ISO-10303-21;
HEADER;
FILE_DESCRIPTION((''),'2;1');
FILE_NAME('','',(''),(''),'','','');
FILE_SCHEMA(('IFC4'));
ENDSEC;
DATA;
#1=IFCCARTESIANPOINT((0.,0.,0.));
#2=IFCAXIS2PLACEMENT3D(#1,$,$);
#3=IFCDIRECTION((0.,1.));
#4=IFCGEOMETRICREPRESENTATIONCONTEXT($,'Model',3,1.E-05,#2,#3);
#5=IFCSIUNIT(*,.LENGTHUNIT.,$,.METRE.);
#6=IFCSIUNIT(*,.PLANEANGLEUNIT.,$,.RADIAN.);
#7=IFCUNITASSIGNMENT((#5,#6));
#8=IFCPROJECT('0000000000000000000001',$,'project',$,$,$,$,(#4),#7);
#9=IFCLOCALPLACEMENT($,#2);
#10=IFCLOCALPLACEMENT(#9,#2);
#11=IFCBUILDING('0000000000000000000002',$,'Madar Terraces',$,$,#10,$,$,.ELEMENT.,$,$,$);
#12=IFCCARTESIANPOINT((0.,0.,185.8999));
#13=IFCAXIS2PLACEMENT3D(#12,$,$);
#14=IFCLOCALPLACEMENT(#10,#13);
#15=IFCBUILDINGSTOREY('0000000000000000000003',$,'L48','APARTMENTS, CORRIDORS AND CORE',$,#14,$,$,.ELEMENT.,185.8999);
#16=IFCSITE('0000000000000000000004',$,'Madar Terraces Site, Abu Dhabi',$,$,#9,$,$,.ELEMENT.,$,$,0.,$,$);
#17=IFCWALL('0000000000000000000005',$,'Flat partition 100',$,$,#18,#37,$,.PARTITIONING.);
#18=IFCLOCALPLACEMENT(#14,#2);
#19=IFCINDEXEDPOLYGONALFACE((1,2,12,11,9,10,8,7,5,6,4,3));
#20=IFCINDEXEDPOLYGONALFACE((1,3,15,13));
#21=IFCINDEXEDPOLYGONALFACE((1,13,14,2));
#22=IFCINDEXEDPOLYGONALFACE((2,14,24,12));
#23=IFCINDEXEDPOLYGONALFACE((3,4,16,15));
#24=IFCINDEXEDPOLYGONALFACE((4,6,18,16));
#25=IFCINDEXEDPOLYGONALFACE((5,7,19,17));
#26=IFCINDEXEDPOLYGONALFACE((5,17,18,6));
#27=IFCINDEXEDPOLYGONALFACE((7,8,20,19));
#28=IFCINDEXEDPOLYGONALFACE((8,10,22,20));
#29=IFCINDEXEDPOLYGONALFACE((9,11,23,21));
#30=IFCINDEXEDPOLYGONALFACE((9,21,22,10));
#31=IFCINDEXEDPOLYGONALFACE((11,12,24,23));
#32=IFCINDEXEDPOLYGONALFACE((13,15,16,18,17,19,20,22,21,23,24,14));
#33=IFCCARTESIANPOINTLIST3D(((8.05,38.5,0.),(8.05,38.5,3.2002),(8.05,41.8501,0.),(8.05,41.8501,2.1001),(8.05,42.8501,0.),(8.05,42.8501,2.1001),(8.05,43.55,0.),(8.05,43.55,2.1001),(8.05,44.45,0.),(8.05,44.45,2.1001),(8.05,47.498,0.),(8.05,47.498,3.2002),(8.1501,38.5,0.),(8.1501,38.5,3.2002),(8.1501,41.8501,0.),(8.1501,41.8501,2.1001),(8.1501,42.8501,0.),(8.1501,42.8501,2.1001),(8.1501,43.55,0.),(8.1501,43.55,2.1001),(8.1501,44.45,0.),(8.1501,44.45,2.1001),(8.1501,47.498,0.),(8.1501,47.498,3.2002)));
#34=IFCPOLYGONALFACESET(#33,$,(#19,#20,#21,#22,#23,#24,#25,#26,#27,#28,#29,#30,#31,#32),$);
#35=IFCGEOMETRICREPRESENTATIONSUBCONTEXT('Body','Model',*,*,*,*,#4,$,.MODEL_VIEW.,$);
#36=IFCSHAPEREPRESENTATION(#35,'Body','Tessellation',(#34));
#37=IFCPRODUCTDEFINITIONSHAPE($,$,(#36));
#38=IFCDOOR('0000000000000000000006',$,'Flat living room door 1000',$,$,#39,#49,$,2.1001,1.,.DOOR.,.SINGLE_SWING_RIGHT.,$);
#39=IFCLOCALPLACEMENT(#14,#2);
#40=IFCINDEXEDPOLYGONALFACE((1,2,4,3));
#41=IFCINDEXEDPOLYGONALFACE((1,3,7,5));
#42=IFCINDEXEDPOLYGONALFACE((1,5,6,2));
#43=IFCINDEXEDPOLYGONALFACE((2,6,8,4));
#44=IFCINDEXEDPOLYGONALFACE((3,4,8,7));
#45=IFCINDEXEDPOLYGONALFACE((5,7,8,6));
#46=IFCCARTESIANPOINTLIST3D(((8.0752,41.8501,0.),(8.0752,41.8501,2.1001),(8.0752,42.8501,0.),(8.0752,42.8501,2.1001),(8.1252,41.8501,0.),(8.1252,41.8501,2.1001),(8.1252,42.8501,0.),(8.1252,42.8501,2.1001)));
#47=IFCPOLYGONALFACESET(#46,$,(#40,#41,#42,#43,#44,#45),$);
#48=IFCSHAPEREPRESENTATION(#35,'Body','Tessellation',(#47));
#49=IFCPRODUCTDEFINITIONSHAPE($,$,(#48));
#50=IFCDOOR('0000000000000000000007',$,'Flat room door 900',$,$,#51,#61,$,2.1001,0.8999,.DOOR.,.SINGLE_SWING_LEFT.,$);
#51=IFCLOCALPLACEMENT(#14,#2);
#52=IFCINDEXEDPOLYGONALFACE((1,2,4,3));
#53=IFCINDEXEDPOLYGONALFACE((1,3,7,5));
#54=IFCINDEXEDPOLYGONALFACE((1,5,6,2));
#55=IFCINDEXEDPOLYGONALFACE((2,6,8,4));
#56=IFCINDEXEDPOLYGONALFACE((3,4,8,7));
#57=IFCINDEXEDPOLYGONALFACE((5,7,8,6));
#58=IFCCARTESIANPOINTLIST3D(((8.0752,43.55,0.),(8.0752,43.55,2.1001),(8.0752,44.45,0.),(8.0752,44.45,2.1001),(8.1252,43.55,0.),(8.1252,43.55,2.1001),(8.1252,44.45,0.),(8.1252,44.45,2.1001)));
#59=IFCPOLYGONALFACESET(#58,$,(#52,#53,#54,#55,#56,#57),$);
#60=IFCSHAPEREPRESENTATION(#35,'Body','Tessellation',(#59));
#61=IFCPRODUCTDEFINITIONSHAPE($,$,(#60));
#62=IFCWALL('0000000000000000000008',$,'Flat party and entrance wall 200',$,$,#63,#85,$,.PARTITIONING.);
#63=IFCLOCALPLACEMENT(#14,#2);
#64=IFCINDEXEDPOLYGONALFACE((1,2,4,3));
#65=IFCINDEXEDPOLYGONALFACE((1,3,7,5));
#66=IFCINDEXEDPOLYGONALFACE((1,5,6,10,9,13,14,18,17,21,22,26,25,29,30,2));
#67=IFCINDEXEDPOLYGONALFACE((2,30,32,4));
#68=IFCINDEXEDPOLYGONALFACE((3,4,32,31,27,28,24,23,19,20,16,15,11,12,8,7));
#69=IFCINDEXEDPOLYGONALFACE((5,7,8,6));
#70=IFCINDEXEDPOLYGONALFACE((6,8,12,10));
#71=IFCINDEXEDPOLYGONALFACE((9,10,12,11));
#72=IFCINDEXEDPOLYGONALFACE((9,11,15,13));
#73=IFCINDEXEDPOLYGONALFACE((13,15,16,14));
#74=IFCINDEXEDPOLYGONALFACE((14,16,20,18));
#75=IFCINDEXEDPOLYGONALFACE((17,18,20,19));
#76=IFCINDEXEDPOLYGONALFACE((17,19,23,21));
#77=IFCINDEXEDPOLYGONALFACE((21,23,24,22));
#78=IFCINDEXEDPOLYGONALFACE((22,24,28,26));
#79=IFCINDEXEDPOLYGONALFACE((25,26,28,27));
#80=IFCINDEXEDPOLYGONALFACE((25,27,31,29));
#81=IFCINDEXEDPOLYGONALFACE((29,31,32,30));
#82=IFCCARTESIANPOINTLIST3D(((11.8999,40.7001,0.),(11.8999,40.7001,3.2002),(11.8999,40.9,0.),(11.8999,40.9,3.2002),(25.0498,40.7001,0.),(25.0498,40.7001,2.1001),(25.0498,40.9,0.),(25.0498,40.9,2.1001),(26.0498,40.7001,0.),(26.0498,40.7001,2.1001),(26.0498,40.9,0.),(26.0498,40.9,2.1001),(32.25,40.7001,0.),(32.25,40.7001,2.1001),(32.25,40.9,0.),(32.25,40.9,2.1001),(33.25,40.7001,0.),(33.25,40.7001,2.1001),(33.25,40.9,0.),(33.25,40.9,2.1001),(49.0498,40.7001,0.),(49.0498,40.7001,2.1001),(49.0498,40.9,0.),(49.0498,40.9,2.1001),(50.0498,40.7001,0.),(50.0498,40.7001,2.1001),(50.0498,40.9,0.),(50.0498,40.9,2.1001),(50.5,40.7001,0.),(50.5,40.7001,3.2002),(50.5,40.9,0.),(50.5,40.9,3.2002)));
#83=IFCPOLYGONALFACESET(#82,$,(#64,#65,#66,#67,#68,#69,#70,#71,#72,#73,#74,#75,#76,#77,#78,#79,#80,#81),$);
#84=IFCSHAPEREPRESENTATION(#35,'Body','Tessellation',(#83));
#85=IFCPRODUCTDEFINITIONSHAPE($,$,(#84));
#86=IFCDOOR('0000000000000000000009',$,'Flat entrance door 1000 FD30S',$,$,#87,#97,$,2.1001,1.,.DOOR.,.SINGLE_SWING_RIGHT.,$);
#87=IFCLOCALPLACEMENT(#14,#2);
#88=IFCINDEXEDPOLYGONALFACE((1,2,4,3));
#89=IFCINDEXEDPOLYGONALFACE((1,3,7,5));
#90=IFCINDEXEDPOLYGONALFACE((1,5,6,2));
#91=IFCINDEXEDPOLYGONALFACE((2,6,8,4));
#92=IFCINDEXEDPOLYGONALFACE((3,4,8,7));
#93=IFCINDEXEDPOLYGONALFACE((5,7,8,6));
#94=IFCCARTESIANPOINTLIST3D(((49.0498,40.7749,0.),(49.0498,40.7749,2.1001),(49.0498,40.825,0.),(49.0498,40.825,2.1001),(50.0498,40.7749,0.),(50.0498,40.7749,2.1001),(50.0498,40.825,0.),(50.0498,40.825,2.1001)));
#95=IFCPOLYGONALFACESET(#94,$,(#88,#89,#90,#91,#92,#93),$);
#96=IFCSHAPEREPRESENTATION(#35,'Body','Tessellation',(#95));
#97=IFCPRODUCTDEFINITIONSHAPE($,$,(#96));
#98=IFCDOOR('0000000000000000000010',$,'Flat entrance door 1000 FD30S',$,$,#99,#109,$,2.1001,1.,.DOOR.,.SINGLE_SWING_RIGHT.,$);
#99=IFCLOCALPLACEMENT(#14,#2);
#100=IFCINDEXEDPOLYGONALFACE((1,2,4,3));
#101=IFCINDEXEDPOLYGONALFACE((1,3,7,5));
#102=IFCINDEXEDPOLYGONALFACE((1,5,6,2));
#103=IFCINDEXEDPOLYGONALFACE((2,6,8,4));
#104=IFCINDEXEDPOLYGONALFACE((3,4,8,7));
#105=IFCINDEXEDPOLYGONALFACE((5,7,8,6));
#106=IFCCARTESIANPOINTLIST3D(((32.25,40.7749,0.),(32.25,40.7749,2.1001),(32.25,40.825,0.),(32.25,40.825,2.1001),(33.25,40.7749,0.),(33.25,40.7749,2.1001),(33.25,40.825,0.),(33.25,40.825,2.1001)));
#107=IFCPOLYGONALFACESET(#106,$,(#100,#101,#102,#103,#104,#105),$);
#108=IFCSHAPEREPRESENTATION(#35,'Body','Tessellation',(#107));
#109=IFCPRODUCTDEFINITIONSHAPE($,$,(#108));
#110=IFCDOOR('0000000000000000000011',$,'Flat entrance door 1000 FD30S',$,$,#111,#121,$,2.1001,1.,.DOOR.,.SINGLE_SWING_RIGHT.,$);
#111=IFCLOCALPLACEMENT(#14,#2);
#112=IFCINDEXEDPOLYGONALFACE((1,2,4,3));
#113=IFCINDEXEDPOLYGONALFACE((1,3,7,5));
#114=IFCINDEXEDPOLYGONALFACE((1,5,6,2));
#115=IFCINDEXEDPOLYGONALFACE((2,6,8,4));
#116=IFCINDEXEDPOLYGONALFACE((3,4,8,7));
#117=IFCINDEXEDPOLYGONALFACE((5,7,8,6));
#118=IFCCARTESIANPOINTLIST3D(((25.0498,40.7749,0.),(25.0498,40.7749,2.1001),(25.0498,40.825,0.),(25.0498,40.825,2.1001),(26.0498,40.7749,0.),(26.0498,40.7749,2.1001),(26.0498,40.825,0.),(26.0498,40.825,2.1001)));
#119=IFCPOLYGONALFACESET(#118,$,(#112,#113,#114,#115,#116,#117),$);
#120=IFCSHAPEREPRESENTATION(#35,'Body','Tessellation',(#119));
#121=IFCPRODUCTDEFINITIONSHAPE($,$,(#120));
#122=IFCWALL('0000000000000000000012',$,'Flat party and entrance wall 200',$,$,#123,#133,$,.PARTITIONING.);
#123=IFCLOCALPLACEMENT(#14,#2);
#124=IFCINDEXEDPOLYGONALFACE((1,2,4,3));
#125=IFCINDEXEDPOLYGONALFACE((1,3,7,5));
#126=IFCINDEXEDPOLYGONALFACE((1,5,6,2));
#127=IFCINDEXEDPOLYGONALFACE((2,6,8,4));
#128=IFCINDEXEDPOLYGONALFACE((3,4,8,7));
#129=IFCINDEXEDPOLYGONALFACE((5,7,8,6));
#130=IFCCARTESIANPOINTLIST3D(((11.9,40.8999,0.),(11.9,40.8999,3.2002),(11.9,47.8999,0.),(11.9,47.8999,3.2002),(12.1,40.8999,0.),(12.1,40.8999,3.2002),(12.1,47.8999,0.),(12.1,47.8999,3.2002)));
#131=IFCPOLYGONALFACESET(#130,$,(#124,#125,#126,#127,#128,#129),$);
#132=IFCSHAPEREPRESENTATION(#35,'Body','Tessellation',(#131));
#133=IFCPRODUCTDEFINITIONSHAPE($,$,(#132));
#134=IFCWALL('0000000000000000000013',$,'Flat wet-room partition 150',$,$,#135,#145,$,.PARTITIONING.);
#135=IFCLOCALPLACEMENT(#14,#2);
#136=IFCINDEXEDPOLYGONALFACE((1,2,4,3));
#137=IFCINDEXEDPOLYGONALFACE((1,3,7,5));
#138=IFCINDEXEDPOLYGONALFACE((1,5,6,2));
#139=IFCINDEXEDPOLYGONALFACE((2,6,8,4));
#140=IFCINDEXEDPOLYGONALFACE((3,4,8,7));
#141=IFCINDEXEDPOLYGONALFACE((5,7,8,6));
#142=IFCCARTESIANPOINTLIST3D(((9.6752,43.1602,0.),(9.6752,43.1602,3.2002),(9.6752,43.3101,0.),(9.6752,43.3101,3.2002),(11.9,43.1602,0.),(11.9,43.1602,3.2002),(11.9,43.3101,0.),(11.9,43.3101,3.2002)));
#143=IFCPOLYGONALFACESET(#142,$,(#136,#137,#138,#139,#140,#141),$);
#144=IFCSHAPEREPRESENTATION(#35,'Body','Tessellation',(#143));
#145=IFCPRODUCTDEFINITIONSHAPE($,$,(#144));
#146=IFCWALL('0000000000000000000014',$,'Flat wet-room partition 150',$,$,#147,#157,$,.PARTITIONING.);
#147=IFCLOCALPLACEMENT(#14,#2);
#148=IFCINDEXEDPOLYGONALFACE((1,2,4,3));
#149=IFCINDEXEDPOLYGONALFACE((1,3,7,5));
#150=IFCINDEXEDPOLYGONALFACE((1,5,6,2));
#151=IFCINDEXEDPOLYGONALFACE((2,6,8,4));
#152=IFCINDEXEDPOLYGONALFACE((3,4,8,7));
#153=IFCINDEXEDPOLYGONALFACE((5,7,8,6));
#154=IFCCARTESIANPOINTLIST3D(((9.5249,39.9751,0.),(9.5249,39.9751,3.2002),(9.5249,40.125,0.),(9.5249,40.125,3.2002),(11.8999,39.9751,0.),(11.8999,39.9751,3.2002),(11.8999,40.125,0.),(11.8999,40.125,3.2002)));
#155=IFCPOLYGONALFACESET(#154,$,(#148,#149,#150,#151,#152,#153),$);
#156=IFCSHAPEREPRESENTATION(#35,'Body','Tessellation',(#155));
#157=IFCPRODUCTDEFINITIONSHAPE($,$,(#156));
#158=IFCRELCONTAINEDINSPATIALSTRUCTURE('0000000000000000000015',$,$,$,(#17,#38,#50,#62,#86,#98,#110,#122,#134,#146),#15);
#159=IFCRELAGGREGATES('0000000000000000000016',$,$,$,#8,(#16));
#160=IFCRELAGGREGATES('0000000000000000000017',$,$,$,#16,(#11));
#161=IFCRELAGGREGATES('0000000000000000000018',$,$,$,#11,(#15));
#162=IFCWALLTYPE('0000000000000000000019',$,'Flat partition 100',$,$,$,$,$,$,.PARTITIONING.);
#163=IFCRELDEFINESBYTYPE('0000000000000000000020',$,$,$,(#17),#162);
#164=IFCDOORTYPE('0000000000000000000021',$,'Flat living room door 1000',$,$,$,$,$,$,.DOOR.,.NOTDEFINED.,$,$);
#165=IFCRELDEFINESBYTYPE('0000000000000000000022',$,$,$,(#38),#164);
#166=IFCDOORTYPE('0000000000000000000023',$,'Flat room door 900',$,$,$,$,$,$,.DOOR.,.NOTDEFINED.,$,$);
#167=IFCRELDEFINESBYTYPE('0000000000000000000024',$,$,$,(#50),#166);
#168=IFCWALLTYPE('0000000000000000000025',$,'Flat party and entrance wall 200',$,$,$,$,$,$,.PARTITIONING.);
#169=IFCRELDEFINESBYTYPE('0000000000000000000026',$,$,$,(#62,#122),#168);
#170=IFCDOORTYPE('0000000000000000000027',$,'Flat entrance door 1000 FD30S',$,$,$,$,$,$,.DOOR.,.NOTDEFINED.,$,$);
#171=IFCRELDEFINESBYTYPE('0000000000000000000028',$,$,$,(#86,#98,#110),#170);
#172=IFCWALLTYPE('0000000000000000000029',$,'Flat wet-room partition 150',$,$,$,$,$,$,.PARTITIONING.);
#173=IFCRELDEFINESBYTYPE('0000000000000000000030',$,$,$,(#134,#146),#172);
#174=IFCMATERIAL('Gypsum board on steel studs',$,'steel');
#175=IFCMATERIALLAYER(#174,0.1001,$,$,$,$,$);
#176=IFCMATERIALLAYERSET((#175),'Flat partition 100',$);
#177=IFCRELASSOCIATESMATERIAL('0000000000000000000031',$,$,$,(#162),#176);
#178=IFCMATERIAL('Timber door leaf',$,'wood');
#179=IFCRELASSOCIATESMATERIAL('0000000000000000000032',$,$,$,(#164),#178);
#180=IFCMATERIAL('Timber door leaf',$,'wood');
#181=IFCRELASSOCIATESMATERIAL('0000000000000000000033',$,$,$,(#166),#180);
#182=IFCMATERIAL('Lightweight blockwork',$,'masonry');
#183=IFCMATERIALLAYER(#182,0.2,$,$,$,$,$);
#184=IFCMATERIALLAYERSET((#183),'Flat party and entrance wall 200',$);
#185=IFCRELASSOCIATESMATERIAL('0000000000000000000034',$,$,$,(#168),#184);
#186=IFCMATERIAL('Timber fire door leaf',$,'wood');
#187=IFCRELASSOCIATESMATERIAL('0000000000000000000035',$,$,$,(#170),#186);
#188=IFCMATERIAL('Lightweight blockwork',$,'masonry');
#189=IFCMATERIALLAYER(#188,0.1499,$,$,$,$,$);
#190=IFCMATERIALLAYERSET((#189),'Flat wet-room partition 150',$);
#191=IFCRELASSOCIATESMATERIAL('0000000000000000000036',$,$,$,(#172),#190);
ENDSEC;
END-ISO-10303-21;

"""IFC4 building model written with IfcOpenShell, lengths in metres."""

from ifc_helpers import new_model, si_unit, direction, frame, frame_2d, origin, place, context, subcontext, project, spatial, rectangle, extrude, material, layer, layer_set, type_object, element, fill, save


model = new_model("IFC4")

# Units and contexts
model_context = context("Model", 3, precision=1e-05, world=origin(), true_north=direction((0.0, 1.0)))
body_context = subcontext(model_context, "Body", "Model", "MODEL_VIEW")
ifc_project = project(units=[si_unit("LENGTHUNIT", "METRE"), si_unit("PLANEANGLEUNIT", "RADIAN")], contexts=[model_context])

# Site, building, storey
site_placement = place(None, origin())
site = spatial("IfcSite", under=ifc_project, at=site_placement, Name="Madar Terraces Site, Abu Dhabi", CompositionType="ELEMENT", RefElevation=0.0)
building_placement = place(site_placement, origin())
building = spatial("IfcBuilding", under=site, at=building_placement, Name="Madar Terraces", CompositionType="ELEMENT")
storey_placement = place(building_placement, frame((0.0, 0.0, 185.8999)))
storey = spatial("IfcBuildingStorey", under=building, at=storey_placement, Name="L48", Description="APARTMENTS, CORRIDORS AND CORE", CompositionType="ELEMENT", Elevation=185.8999)

# Shared definitions
ifc_material_1 = material(Name="Gypsum board on steel studs", Category="steel")
ifc_layer_1 = layer(ifc_material_1, 0.1001)
ifc_layer_set_1 = layer_set([ifc_layer_1], Name="Flat partition 100")
wall_type_1 = type_object("IfcWallType", Name="Flat partition 100", PredefinedType="PARTITIONING", material=ifc_layer_set_1)

# Walls, openings, doors
wall_1_placement = place(storey_placement, frame((8.1001, 38.5, 0.0), z_axis=(0.0, 0.0, 1.0), x_axis=(0.0, 1.0, 0.0)))
wall_1 = element("IfcWall", 1, at=wall_1_placement, inside=storey, type_object=wall_type_1, Name="Flat partition 100", PredefinedType="PARTITIONING", context=body_context, shape_type="SweptSolid", body=[
    extrude(rectangle(XDim=8.998, YDim=0.1001, at=frame_2d((4.499, 0.0))), origin(), (0.0, 0.0, 1.0), 3.2002),
])
opening_1_placement = place(wall_1_placement, frame((3.3501, 0.0, 0.0)))
opening_1 = element("IfcOpeningElement", 2, at=opening_1_placement, cuts=wall_1, PredefinedType="OPENING", context=body_context, shape_type="SweptSolid", body=[
    extrude(rectangle(XDim=1.0, YDim=2.1001, at=frame_2d((0.5, 1.05))), frame((0.0, 0.0601, 0.0), z_axis=(0.0, -1.0, 0.0), x_axis=(1.0, 0.0, 0.0)), (0.0, 0.0, 1.0), 0.1201),
])
opening_2_placement = place(wall_1_placement, frame((5.05, 0.0, 0.0)))
opening_2 = element("IfcOpeningElement", 3, at=opening_2_placement, cuts=wall_1, PredefinedType="OPENING", context=body_context, shape_type="SweptSolid", body=[
    extrude(rectangle(XDim=0.8999, YDim=2.1001, at=frame_2d((0.45, 1.05))), frame((0.0, 0.0601, 0.0), z_axis=(0.0, -1.0, 0.0), x_axis=(1.0, 0.0, 0.0)), (0.0, 0.0, 1.0), 0.1201),
])
ifc_material_2 = material(Name="Timber door leaf", Category="wood")
door_type_1 = type_object("IfcDoorType", Name="Flat living room door 1000", OperationType="NOTDEFINED", PredefinedType="DOOR", material=ifc_material_2)
door_1_placement = place(opening_1_placement, origin())
door_1 = element("IfcDoor", 4, at=door_1_placement, inside=storey, type_object=door_type_1, Name="Flat living room door 1000", OperationType="SINGLE_SWING_RIGHT", OverallHeight=2.1001, OverallWidth=1.0, PredefinedType="DOOR", context=body_context, shape_type="SweptSolid", body=[
    extrude(rectangle(XDim=1.0, YDim=2.1001, at=frame_2d((0.5, 1.05))), frame((0.0, 0.0249, 0.0), z_axis=(0.0, -1.0, 0.0), x_axis=(1.0, 0.0, 0.0)), (0.0, 0.0, 1.0), 0.05),
])
fill(opening_1, door_1)
ifc_material_3 = material(Name="Timber door leaf", Category="wood")
door_type_2 = type_object("IfcDoorType", Name="Flat room door 900", OperationType="NOTDEFINED", PredefinedType="DOOR", material=ifc_material_3)
door_2_placement = place(opening_2_placement, origin())
door_2 = element("IfcDoor", 5, at=door_2_placement, inside=storey, type_object=door_type_2, Name="Flat room door 900", OperationType="SINGLE_SWING_LEFT", OverallHeight=2.1001, OverallWidth=0.8999, PredefinedType="DOOR", context=body_context, shape_type="SweptSolid", body=[
    extrude(rectangle(XDim=0.8999, YDim=2.1001, at=frame_2d((0.45, 1.05))), frame((0.0, 0.0249, 0.0), z_axis=(0.0, -1.0, 0.0), x_axis=(1.0, 0.0, 0.0)), (0.0, 0.0, 1.0), 0.05),
])
fill(opening_2, door_2)
ifc_material_4 = material(Name="Lightweight blockwork", Category="masonry")
ifc_layer_2 = layer(ifc_material_4, 0.2)
ifc_layer_set_2 = layer_set([ifc_layer_2], Name="Flat party and entrance wall 200")
wall_type_2 = type_object("IfcWallType", Name="Flat party and entrance wall 200", PredefinedType="PARTITIONING", material=ifc_layer_set_2)
wall_2_placement = place(storey_placement, frame((11.8999, 40.8, 0.0), z_axis=(0.0, 0.0, 1.0), x_axis=(1.0, 0.0, 0.0)))
wall_2 = element("IfcWall", 6, at=wall_2_placement, inside=storey, type_object=wall_type_2, Name="Flat party and entrance wall 200", PredefinedType="PARTITIONING", context=body_context, shape_type="SweptSolid", body=[
    extrude(rectangle(XDim=38.6001, YDim=0.2, at=frame_2d((19.3, 0.0))), origin(), (0.0, 0.0, 1.0), 3.2002),
])
opening_3_placement = place(wall_2_placement, frame((37.1499, 0.0, 0.0)))
opening_3 = element("IfcOpeningElement", 7, at=opening_3_placement, cuts=wall_2, PredefinedType="OPENING", context=body_context, shape_type="SweptSolid", body=[
    extrude(rectangle(XDim=1.0, YDim=2.1001, at=frame_2d((0.5, 1.05))), frame((0.0, 0.1099, 0.0), z_axis=(0.0, -1.0, 0.0), x_axis=(1.0, 0.0, 0.0)), (0.0, 0.0, 1.0), 0.22),
])
opening_4_placement = place(wall_2_placement, frame((20.3501, 0.0, 0.0)))
opening_4 = element("IfcOpeningElement", 8, at=opening_4_placement, cuts=wall_2, PredefinedType="OPENING", context=body_context, shape_type="SweptSolid", body=[
    extrude(rectangle(XDim=1.0, YDim=2.1001, at=frame_2d((0.5, 1.05))), frame((0.0, 0.1099, 0.0), z_axis=(0.0, -1.0, 0.0), x_axis=(1.0, 0.0, 0.0)), (0.0, 0.0, 1.0), 0.22),
])
opening_5_placement = place(wall_2_placement, frame((13.1499, 0.0, 0.0)))
opening_5 = element("IfcOpeningElement", 9, at=opening_5_placement, cuts=wall_2, PredefinedType="OPENING", context=body_context, shape_type="SweptSolid", body=[
    extrude(rectangle(XDim=1.0, YDim=2.1001, at=frame_2d((0.5, 1.05))), frame((0.0, 0.1099, 0.0), z_axis=(0.0, -1.0, 0.0), x_axis=(1.0, 0.0, 0.0)), (0.0, 0.0, 1.0), 0.22),
])
ifc_material_5 = material(Name="Timber fire door leaf", Category="wood")
door_type_3 = type_object("IfcDoorType", Name="Flat entrance door 1000 FD30S", OperationType="NOTDEFINED", PredefinedType="DOOR", material=ifc_material_5)
door_3_placement = place(opening_3_placement, origin())
door_3 = element("IfcDoor", 10, at=door_3_placement, inside=storey, type_object=door_type_3, Name="Flat entrance door 1000 FD30S", OperationType="SINGLE_SWING_RIGHT", OverallHeight=2.1001, OverallWidth=1.0, PredefinedType="DOOR", context=body_context, shape_type="SweptSolid", body=[
    extrude(rectangle(XDim=1.0, YDim=2.1001, at=frame_2d((0.5, 1.05))), frame((0.0, 0.0249, 0.0), z_axis=(0.0, -1.0, 0.0), x_axis=(1.0, 0.0, 0.0)), (0.0, 0.0, 1.0), 0.05),
])
fill(opening_3, door_3)
door_4_placement = place(opening_4_placement, origin())
door_4 = element("IfcDoor", 11, at=door_4_placement, inside=storey, type_object=door_type_3, Name="Flat entrance door 1000 FD30S", OperationType="SINGLE_SWING_RIGHT", OverallHeight=2.1001, OverallWidth=1.0, PredefinedType="DOOR", context=body_context, shape_type="SweptSolid", body=[
    extrude(rectangle(XDim=1.0, YDim=2.1001, at=frame_2d((0.5, 1.05))), frame((0.0, 0.0249, 0.0), z_axis=(0.0, -1.0, 0.0), x_axis=(1.0, 0.0, 0.0)), (0.0, 0.0, 1.0), 0.05),
])
fill(opening_4, door_4)
door_5_placement = place(opening_5_placement, origin())
door_5 = element("IfcDoor", 12, at=door_5_placement, inside=storey, type_object=door_type_3, Name="Flat entrance door 1000 FD30S", OperationType="SINGLE_SWING_RIGHT", OverallHeight=2.1001, OverallWidth=1.0, PredefinedType="DOOR", context=body_context, shape_type="SweptSolid", body=[
    extrude(rectangle(XDim=1.0, YDim=2.1001, at=frame_2d((0.5, 1.05))), frame((0.0, 0.0249, 0.0), z_axis=(0.0, -1.0, 0.0), x_axis=(1.0, 0.0, 0.0)), (0.0, 0.0, 1.0), 0.05),
])
fill(opening_5, door_5)

# Walls
wall_3_placement = place(storey_placement, frame((12.0, 47.8999, 0.0), z_axis=(0.0, 0.0, 1.0), x_axis=(0.0, -1.0, 0.0)))
element("IfcWall", 13, at=wall_3_placement, inside=storey, type_object=wall_type_2, Name="Flat party and entrance wall 200", PredefinedType="PARTITIONING", context=body_context, shape_type="SweptSolid", body=[
    extrude(rectangle(XDim=7.0, YDim=0.2, at=frame_2d((3.5, 0.0))), origin(), (0.0, 0.0, 1.0), 3.2002),
])
ifc_material_6 = material(Name="Lightweight blockwork", Category="masonry")
ifc_layer_3 = layer(ifc_material_6, 0.1499)
ifc_layer_set_3 = layer_set([ifc_layer_3], Name="Flat wet-room partition 150")
wall_type_3 = type_object("IfcWallType", Name="Flat wet-room partition 150", PredefinedType="PARTITIONING", material=ifc_layer_set_3)
wall_4_placement = place(storey_placement, frame((11.8999, 43.2351, 0.0), z_axis=(0.0, 0.0, 1.0), x_axis=(-1.0, 0.0, 0.0)))
element("IfcWall", 14, at=wall_4_placement, inside=storey, type_object=wall_type_3, Name="Flat wet-room partition 150", PredefinedType="PARTITIONING", context=body_context, shape_type="SweptSolid", body=[
    extrude(rectangle(XDim=2.2249, YDim=0.1499, at=frame_2d((1.1123, 0.0))), origin(), (0.0, 0.0, 1.0), 3.2002),
])
wall_5_placement = place(storey_placement, frame((11.8999, 40.05, 0.0), z_axis=(0.0, 0.0, 1.0), x_axis=(-1.0, 0.0, 0.0)))
element("IfcWall", 15, at=wall_5_placement, inside=storey, type_object=wall_type_3, Name="Flat wet-room partition 150", PredefinedType="PARTITIONING", context=body_context, shape_type="SweptSolid", body=[
    extrude(rectangle(XDim=2.375, YDim=0.1499, at=frame_2d((1.1875, 0.0))), origin(), (0.0, 0.0, 1.0), 3.2002),
])

save(model, "model.ifc")
